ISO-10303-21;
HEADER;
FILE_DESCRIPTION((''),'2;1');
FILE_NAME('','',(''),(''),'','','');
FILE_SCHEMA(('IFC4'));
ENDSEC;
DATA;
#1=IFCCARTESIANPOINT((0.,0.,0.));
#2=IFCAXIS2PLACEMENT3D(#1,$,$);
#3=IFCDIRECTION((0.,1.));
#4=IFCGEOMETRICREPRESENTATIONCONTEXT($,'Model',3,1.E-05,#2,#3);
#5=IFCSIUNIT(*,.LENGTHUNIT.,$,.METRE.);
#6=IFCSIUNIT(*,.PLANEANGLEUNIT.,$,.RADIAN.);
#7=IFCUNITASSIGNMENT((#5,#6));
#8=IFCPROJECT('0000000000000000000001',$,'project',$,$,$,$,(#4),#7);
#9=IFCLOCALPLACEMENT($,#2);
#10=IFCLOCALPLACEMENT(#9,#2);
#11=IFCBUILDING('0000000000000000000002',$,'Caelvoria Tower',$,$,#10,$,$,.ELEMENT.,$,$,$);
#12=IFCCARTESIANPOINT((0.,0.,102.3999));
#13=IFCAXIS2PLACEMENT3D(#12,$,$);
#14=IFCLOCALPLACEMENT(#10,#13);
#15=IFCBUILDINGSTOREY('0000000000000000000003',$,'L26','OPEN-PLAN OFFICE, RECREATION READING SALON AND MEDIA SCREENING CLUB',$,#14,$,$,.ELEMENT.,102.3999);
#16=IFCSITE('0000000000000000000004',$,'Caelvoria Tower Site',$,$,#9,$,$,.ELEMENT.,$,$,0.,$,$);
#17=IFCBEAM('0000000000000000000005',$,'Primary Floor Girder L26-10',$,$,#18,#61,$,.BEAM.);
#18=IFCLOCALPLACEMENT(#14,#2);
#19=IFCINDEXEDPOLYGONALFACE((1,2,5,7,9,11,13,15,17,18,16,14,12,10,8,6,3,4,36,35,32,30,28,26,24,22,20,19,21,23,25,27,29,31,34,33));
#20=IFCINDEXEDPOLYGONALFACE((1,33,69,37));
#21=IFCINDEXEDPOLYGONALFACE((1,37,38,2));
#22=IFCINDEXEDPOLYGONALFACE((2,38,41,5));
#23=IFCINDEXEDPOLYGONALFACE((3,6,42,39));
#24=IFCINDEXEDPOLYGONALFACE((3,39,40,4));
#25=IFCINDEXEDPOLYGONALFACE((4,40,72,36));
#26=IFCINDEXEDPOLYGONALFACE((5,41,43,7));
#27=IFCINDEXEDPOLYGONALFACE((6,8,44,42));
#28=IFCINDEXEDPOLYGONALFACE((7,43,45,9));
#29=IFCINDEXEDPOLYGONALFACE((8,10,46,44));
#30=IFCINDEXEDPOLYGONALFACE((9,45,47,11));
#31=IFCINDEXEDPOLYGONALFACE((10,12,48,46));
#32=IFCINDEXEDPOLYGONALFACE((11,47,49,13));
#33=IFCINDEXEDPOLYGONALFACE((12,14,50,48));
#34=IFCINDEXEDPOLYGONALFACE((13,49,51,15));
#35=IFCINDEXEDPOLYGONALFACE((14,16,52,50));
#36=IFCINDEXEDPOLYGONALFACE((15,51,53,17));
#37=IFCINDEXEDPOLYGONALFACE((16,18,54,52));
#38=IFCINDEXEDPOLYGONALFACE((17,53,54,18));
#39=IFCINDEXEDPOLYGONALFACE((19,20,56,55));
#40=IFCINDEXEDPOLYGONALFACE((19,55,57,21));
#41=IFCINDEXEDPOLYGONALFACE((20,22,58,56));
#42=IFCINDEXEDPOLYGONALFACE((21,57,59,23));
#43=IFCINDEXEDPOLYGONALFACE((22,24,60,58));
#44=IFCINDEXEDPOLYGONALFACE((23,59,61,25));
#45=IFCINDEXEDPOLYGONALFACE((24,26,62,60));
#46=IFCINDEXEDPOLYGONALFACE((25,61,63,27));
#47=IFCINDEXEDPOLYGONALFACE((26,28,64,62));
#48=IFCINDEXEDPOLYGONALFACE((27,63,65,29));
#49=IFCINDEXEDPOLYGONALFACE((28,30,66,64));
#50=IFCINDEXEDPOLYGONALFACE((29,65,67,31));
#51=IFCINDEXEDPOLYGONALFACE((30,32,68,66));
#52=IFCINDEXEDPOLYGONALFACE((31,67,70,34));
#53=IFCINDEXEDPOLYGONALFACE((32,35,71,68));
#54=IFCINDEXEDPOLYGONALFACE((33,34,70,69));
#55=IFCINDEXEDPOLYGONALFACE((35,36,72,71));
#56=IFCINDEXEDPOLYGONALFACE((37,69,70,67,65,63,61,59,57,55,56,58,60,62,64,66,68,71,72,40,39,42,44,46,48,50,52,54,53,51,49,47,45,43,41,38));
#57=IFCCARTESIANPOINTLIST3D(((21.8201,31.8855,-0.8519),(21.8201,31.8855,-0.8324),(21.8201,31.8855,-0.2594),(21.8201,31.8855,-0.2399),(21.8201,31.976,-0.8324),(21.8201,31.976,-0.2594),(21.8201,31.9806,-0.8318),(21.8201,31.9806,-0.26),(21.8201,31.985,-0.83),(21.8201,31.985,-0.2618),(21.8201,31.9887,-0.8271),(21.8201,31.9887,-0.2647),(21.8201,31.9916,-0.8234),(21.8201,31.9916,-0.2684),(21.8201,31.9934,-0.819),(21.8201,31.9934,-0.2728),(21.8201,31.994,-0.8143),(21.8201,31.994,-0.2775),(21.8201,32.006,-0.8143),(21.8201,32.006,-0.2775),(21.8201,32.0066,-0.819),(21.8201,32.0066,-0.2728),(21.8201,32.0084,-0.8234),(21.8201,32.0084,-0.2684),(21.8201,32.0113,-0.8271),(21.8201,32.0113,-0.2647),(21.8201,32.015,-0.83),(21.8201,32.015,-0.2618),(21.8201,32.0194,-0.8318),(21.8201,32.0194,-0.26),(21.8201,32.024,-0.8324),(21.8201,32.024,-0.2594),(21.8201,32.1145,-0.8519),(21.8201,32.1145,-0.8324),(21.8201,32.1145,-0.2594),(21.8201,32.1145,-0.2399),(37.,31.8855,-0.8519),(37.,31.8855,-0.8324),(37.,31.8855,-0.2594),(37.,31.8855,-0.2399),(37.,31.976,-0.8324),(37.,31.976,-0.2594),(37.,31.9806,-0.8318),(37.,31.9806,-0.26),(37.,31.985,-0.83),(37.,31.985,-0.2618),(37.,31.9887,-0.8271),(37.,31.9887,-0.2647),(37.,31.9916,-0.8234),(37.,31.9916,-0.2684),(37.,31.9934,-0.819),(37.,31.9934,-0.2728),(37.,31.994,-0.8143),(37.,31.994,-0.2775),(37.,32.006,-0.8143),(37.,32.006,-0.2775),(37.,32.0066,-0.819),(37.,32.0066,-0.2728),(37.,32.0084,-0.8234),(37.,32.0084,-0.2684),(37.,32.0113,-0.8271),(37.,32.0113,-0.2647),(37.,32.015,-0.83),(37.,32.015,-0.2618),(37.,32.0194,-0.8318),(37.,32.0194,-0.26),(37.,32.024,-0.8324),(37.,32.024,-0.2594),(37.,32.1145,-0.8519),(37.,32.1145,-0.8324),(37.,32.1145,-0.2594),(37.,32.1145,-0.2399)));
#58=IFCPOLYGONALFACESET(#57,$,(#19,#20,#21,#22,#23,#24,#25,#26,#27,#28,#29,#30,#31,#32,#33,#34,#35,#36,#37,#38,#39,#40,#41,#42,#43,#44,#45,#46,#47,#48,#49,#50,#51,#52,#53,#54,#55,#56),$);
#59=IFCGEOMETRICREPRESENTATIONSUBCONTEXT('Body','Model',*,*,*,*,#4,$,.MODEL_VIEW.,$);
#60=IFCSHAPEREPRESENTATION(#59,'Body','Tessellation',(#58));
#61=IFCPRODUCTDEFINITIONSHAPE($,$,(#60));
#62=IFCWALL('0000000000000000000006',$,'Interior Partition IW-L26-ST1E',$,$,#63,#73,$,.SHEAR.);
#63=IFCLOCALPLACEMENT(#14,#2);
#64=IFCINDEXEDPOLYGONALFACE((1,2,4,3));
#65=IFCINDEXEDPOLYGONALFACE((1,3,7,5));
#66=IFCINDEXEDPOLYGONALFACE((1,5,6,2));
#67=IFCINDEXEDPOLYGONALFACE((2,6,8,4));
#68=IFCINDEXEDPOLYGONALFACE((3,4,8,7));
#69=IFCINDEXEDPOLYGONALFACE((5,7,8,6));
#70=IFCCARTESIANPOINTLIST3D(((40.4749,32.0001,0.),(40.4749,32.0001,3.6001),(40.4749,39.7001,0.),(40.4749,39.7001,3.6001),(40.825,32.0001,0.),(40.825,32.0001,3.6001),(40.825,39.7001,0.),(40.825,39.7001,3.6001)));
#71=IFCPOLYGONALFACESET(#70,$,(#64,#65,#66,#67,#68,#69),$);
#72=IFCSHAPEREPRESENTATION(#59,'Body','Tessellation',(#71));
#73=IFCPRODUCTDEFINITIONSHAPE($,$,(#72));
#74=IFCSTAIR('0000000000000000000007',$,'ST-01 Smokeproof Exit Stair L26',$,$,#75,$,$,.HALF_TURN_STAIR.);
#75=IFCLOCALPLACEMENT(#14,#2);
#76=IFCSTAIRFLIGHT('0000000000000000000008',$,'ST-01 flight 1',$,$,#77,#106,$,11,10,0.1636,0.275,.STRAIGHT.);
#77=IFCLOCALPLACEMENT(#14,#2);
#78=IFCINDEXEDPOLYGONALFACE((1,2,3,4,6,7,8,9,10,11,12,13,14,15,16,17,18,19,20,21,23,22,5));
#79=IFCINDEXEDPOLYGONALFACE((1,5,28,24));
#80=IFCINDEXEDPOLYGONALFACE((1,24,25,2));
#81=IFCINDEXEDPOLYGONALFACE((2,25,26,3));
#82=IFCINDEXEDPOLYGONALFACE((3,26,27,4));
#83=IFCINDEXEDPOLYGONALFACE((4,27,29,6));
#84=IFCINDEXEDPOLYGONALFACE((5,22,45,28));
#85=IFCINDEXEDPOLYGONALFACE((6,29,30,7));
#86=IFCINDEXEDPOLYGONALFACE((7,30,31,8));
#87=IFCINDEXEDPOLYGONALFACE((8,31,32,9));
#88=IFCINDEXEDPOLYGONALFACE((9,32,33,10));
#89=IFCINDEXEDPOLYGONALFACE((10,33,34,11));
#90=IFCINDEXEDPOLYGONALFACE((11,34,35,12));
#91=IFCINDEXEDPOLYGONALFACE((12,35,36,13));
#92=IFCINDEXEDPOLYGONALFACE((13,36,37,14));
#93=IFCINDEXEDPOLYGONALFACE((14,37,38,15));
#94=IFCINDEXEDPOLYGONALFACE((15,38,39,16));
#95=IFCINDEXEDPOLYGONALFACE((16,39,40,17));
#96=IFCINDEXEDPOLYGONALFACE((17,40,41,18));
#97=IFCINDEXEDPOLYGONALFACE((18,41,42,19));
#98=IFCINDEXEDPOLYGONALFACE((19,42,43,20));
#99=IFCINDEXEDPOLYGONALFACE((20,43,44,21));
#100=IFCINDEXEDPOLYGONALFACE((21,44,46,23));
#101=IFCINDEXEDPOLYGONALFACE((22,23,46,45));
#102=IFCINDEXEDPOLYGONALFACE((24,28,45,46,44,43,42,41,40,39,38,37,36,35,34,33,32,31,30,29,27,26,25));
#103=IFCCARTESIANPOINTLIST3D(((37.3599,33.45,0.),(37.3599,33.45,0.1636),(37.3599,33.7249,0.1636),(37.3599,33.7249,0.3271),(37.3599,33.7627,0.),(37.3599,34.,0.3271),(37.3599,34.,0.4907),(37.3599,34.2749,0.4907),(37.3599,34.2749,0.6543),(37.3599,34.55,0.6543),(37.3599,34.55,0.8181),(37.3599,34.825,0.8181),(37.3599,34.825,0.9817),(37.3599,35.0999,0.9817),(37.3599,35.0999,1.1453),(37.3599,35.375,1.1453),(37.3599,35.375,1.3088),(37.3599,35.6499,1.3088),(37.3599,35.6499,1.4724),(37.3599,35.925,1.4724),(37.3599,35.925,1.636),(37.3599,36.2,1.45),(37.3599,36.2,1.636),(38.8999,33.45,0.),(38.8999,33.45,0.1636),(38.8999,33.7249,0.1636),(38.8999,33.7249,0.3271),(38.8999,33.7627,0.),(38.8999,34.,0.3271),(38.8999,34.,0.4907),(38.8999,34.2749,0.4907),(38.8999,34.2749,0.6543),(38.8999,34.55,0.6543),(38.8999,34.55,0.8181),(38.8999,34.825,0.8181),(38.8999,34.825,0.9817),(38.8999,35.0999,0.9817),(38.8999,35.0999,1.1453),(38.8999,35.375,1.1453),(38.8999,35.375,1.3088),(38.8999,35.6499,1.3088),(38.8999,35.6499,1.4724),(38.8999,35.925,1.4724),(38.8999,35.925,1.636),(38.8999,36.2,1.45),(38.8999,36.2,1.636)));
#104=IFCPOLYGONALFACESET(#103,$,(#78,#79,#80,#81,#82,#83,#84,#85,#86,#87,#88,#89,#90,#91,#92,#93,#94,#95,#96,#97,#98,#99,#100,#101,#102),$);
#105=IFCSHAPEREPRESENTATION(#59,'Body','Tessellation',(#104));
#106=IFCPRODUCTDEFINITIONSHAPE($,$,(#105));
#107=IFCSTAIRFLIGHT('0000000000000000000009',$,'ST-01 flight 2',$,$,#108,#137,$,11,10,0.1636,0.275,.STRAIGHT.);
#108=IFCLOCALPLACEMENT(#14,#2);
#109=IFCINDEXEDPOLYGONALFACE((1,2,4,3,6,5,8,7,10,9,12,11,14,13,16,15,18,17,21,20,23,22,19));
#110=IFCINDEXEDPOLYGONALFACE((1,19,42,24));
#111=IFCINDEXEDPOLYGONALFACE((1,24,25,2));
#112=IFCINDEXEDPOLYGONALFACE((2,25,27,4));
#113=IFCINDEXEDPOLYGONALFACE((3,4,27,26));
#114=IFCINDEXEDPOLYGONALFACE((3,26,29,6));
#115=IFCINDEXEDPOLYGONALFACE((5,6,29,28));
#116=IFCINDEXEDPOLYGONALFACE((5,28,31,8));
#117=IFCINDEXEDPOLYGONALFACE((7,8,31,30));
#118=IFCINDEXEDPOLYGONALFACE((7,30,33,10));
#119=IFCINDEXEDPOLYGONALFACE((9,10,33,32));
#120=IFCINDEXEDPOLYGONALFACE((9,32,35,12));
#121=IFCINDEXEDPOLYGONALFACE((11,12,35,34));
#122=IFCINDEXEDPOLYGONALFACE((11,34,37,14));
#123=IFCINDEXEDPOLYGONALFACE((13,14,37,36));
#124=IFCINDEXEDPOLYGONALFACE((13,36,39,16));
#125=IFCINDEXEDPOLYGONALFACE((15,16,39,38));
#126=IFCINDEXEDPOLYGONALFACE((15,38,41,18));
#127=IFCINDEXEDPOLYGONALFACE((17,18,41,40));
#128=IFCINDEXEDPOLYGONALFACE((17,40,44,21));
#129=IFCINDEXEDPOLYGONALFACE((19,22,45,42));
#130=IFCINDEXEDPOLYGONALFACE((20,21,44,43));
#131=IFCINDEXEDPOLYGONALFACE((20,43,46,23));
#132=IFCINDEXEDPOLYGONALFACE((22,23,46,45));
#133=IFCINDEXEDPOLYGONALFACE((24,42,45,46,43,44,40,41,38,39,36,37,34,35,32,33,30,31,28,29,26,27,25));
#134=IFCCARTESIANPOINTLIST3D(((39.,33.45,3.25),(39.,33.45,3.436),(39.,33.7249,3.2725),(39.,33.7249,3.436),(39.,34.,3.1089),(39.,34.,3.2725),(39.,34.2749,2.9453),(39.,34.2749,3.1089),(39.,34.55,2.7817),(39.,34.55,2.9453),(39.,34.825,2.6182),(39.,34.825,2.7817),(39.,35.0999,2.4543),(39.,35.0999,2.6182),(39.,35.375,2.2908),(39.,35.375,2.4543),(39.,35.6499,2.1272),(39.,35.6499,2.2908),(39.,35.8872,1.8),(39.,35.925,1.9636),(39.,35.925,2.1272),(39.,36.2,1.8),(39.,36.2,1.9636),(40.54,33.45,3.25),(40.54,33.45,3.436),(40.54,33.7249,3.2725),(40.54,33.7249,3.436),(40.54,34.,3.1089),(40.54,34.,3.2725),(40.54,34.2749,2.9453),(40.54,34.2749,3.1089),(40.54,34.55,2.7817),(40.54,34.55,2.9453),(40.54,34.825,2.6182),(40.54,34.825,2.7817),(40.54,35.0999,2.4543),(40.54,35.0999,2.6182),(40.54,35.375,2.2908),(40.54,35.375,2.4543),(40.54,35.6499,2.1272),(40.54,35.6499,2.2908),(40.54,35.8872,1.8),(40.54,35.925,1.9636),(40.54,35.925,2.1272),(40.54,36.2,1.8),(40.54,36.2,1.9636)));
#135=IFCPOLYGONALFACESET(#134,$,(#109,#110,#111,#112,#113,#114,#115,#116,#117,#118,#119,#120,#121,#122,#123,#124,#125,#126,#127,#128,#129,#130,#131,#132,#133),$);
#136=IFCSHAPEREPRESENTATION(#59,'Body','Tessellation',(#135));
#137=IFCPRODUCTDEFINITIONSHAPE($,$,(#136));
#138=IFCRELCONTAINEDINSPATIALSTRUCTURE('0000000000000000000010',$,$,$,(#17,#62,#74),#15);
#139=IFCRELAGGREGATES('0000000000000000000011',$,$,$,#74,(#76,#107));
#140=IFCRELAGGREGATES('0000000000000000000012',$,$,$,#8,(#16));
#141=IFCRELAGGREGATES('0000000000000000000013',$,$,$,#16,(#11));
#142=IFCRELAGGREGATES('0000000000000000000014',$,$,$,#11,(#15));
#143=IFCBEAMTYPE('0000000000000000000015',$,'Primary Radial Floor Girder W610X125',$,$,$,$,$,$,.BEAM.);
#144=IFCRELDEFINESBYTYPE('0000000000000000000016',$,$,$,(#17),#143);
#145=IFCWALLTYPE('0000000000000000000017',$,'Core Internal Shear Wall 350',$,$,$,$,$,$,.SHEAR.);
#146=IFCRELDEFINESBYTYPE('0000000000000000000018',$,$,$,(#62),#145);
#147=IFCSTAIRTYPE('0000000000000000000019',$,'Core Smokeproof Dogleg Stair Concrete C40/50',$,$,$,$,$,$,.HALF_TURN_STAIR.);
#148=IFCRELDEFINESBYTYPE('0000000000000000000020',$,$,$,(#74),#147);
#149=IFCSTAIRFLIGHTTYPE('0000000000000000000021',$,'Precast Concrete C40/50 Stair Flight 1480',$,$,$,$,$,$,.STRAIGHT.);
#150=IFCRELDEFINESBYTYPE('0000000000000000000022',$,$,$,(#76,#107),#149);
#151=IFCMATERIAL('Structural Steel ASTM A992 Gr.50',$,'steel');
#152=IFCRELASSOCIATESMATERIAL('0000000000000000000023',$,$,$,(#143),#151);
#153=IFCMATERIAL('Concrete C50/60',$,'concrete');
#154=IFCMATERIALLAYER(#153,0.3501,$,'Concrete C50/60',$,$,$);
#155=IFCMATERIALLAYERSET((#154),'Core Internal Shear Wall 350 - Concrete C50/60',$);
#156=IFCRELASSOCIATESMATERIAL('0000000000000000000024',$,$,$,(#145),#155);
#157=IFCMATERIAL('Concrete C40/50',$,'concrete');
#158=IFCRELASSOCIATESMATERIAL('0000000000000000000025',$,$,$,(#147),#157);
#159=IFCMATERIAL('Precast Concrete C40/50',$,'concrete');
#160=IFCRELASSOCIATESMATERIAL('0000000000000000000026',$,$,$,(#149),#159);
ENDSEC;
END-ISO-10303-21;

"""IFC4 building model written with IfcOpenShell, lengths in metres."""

from ifc_helpers import new_model, si_unit, direction, frame, frame_2d, origin, origin_2d, place, context, subcontext, project, spatial, polyline, rectangle, i_section, outline, extrude, material, layer, layer_set, material_profile, profile_set, type_object, element, aggregate, save


model = new_model("IFC4")

# Units and contexts
model_context = context("Model", 3, precision=1e-05, world=origin(), true_north=direction((0.0, 1.0)))
body_context = subcontext(model_context, "Body", "Model", "MODEL_VIEW")
ifc_project = project(units=[si_unit("LENGTHUNIT", "METRE"), si_unit("PLANEANGLEUNIT", "RADIAN")], contexts=[model_context])

# Site, building, storey
site_placement = place(None, origin())
site = spatial("IfcSite", under=ifc_project, at=site_placement, Name="Caelvoria Tower Site", CompositionType="ELEMENT", RefElevation=0.0)
building_placement = place(site_placement, origin())
building = spatial("IfcBuilding", under=site, at=building_placement, Name="Caelvoria Tower", CompositionType="ELEMENT")
storey_placement = place(building_placement, frame((0.0, 0.0, 102.3999)))
storey = spatial("IfcBuildingStorey", under=building, at=storey_placement, Name="L26", Description="OPEN-PLAN OFFICE, RECREATION READING SALON AND MEDIA SCREENING CLUB", CompositionType="ELEMENT", Elevation=102.3999)

# Beam
ifc_material_1 = material(Name="Structural Steel ASTM A992 Gr.50", Category="steel")
ifc_material_profile_1 = material_profile(ifc_material_1, i_section(OverallWidth=0.229, OverallDepth=0.6121, WebThickness=0.012, FlangeThickness=0.0195, FilletRadius=0.0181, at=origin_2d()), Name="Structural Steel ASTM A992 Gr.50")
ifc_profile_set_1 = profile_set([ifc_material_profile_1], Name="W610X125 - Structural Steel ASTM A992 Gr.50")
beam_type_1 = type_object("IfcBeamType", Name="Primary Radial Floor Girder W610X125", PredefinedType="BEAM", material=ifc_profile_set_1)
beam_1_placement = place(storey_placement, frame((37.0, 32.0, -0.5459), z_axis=(-1.0, 0.0, 0.0), x_axis=(0.0, -1.0, 0.0)))
element("IfcBeam", 1, at=beam_1_placement, inside=storey, type_object=beam_type_1, Name="Primary Floor Girder L26-10", PredefinedType="BEAM", context=body_context, shape_type="SweptSolid", body=[
    extrude(i_section(OverallWidth=0.229, OverallDepth=0.6121, WebThickness=0.012, FlangeThickness=0.0195, FilletRadius=0.0181, at=origin_2d()), origin(), (0.0, 0.0, 1.0), 15.1799),
])

# Wall
ifc_material_2 = material(Name="Concrete C50/60", Category="concrete")
ifc_layer_1 = layer(ifc_material_2, 0.3501, Name="Concrete C50/60")
ifc_layer_set_1 = layer_set([ifc_layer_1], Name="Core Internal Shear Wall 350 - Concrete C50/60")
wall_type_1 = type_object("IfcWallType", Name="Core Internal Shear Wall 350", PredefinedType="SHEAR", material=ifc_layer_set_1)
wall_1_placement = place(storey_placement, frame((40.6499, 32.0, 0.0), z_axis=(0.0, 0.0, 1.0), x_axis=(0.0, 1.0, 0.0)))
element("IfcWall", 2, at=wall_1_placement, inside=storey, type_object=wall_type_1, Name="Interior Partition IW-L26-ST1E", PredefinedType="SHEAR", context=body_context, shape_type="SweptSolid", body=[
    extrude(rectangle(XDim=7.7, YDim=0.3501, at=frame_2d((3.8501, 0.0))), origin(), (0.0, 0.0, 1.0), 3.6001),
])

# Stair, stair flights
ifc_material_3 = material(Name="Concrete C40/50", Category="concrete")
stair_type = type_object("IfcStairType", Name="Core Smokeproof Dogleg Stair Concrete C40/50", PredefinedType="HALF_TURN_STAIR", material=ifc_material_3)
stair_placement = place(storey_placement, origin())
stair = element("IfcStair", 3, at=stair_placement, inside=storey, type_object=stair_type, Name="ST-01 Smokeproof Exit Stair L26", PredefinedType="HALF_TURN_STAIR")
ifc_material_4 = material(Name="Precast Concrete C40/50", Category="concrete")
stair_flight_type = type_object("IfcStairFlightType", Name="Precast Concrete C40/50 Stair Flight 1480", PredefinedType="STRAIGHT", material=ifc_material_4)
stair_flight_1_placement = place(storey_placement, frame((38.1299, 33.45, 0.0), z_axis=(0.0, 0.0, 1.0), x_axis=(0.0, 1.0, 0.0)))
stair_flight_1 = element("IfcStairFlight", 4, at=stair_flight_1_placement, type_object=stair_flight_type, Name="ST-01 flight 1", NumberOfRisers=11, NumberOfTreads=10, PredefinedType="STRAIGHT", RiserHeight=0.1636, TreadLength=0.275, context=body_context, shape_type="SweptSolid", body=[
    extrude(outline(polyline([(0.0, 0.0), (0.0, 0.1636), (0.2749, 0.1636), (0.2749, 0.3271), (0.55, 0.3271), (0.55, 0.4907), (0.825, 0.4907), (0.825, 0.6543), (1.1001, 0.6543), (1.1001, 0.8181), (1.375, 0.8181), (1.375, 0.9817), (1.6499, 0.9817), (1.6499, 1.1453), (1.925, 1.1453), (1.925, 1.3088), (2.2, 1.3088), (2.2, 1.4724), (2.4751, 1.4724), (2.4751, 1.636), (2.75, 1.636), (2.75, 1.7996), (2.75, 1.45), (0.3127, 0.0), (0.0, 0.0)])), frame((0.0, 0.77, 0.0), z_axis=(0.0, -1.0, 0.0), x_axis=(1.0, 0.0, 0.0)), (0.0, 0.0, 1.0), 1.54),
])
stair_flight_2_placement = place(storey_placement, frame((39.77, 36.2, 1.8), z_axis=(0.0, 0.0, 1.0), x_axis=(0.0, -1.0, 0.0)))
stair_flight_2 = element("IfcStairFlight", 5, at=stair_flight_2_placement, type_object=stair_flight_type, Name="ST-01 flight 2", NumberOfRisers=11, NumberOfTreads=10, PredefinedType="STRAIGHT", RiserHeight=0.1636, TreadLength=0.275, context=body_context, shape_type="SweptSolid", body=[
    extrude(outline(polyline([(0.0, 0.0), (0.0, 0.1636), (0.2749, 0.1636), (0.2749, 0.3271), (0.55, 0.3271), (0.55, 0.4907), (0.825, 0.4907), (0.825, 0.6543), (1.1001, 0.6543), (1.1001, 0.8181), (1.375, 0.8181), (1.375, 0.9817), (1.6499, 0.9817), (1.6499, 1.1453), (1.925, 1.1453), (1.925, 1.3088), (2.2, 1.3088), (2.2, 1.4724), (2.4751, 1.4724), (2.4751, 1.636), (2.75, 1.636), (2.75, 1.7996), (2.75, 1.45), (0.3127, 0.0), (0.0, 0.0)])), frame((0.0, 0.77, 0.0), z_axis=(0.0, -1.0, 0.0), x_axis=(1.0, 0.0, 0.0)), (0.0, 0.0, 1.0), 1.54),
])
aggregate(stair, [stair_flight_1, stair_flight_2])

save(model, "model.ifc")
